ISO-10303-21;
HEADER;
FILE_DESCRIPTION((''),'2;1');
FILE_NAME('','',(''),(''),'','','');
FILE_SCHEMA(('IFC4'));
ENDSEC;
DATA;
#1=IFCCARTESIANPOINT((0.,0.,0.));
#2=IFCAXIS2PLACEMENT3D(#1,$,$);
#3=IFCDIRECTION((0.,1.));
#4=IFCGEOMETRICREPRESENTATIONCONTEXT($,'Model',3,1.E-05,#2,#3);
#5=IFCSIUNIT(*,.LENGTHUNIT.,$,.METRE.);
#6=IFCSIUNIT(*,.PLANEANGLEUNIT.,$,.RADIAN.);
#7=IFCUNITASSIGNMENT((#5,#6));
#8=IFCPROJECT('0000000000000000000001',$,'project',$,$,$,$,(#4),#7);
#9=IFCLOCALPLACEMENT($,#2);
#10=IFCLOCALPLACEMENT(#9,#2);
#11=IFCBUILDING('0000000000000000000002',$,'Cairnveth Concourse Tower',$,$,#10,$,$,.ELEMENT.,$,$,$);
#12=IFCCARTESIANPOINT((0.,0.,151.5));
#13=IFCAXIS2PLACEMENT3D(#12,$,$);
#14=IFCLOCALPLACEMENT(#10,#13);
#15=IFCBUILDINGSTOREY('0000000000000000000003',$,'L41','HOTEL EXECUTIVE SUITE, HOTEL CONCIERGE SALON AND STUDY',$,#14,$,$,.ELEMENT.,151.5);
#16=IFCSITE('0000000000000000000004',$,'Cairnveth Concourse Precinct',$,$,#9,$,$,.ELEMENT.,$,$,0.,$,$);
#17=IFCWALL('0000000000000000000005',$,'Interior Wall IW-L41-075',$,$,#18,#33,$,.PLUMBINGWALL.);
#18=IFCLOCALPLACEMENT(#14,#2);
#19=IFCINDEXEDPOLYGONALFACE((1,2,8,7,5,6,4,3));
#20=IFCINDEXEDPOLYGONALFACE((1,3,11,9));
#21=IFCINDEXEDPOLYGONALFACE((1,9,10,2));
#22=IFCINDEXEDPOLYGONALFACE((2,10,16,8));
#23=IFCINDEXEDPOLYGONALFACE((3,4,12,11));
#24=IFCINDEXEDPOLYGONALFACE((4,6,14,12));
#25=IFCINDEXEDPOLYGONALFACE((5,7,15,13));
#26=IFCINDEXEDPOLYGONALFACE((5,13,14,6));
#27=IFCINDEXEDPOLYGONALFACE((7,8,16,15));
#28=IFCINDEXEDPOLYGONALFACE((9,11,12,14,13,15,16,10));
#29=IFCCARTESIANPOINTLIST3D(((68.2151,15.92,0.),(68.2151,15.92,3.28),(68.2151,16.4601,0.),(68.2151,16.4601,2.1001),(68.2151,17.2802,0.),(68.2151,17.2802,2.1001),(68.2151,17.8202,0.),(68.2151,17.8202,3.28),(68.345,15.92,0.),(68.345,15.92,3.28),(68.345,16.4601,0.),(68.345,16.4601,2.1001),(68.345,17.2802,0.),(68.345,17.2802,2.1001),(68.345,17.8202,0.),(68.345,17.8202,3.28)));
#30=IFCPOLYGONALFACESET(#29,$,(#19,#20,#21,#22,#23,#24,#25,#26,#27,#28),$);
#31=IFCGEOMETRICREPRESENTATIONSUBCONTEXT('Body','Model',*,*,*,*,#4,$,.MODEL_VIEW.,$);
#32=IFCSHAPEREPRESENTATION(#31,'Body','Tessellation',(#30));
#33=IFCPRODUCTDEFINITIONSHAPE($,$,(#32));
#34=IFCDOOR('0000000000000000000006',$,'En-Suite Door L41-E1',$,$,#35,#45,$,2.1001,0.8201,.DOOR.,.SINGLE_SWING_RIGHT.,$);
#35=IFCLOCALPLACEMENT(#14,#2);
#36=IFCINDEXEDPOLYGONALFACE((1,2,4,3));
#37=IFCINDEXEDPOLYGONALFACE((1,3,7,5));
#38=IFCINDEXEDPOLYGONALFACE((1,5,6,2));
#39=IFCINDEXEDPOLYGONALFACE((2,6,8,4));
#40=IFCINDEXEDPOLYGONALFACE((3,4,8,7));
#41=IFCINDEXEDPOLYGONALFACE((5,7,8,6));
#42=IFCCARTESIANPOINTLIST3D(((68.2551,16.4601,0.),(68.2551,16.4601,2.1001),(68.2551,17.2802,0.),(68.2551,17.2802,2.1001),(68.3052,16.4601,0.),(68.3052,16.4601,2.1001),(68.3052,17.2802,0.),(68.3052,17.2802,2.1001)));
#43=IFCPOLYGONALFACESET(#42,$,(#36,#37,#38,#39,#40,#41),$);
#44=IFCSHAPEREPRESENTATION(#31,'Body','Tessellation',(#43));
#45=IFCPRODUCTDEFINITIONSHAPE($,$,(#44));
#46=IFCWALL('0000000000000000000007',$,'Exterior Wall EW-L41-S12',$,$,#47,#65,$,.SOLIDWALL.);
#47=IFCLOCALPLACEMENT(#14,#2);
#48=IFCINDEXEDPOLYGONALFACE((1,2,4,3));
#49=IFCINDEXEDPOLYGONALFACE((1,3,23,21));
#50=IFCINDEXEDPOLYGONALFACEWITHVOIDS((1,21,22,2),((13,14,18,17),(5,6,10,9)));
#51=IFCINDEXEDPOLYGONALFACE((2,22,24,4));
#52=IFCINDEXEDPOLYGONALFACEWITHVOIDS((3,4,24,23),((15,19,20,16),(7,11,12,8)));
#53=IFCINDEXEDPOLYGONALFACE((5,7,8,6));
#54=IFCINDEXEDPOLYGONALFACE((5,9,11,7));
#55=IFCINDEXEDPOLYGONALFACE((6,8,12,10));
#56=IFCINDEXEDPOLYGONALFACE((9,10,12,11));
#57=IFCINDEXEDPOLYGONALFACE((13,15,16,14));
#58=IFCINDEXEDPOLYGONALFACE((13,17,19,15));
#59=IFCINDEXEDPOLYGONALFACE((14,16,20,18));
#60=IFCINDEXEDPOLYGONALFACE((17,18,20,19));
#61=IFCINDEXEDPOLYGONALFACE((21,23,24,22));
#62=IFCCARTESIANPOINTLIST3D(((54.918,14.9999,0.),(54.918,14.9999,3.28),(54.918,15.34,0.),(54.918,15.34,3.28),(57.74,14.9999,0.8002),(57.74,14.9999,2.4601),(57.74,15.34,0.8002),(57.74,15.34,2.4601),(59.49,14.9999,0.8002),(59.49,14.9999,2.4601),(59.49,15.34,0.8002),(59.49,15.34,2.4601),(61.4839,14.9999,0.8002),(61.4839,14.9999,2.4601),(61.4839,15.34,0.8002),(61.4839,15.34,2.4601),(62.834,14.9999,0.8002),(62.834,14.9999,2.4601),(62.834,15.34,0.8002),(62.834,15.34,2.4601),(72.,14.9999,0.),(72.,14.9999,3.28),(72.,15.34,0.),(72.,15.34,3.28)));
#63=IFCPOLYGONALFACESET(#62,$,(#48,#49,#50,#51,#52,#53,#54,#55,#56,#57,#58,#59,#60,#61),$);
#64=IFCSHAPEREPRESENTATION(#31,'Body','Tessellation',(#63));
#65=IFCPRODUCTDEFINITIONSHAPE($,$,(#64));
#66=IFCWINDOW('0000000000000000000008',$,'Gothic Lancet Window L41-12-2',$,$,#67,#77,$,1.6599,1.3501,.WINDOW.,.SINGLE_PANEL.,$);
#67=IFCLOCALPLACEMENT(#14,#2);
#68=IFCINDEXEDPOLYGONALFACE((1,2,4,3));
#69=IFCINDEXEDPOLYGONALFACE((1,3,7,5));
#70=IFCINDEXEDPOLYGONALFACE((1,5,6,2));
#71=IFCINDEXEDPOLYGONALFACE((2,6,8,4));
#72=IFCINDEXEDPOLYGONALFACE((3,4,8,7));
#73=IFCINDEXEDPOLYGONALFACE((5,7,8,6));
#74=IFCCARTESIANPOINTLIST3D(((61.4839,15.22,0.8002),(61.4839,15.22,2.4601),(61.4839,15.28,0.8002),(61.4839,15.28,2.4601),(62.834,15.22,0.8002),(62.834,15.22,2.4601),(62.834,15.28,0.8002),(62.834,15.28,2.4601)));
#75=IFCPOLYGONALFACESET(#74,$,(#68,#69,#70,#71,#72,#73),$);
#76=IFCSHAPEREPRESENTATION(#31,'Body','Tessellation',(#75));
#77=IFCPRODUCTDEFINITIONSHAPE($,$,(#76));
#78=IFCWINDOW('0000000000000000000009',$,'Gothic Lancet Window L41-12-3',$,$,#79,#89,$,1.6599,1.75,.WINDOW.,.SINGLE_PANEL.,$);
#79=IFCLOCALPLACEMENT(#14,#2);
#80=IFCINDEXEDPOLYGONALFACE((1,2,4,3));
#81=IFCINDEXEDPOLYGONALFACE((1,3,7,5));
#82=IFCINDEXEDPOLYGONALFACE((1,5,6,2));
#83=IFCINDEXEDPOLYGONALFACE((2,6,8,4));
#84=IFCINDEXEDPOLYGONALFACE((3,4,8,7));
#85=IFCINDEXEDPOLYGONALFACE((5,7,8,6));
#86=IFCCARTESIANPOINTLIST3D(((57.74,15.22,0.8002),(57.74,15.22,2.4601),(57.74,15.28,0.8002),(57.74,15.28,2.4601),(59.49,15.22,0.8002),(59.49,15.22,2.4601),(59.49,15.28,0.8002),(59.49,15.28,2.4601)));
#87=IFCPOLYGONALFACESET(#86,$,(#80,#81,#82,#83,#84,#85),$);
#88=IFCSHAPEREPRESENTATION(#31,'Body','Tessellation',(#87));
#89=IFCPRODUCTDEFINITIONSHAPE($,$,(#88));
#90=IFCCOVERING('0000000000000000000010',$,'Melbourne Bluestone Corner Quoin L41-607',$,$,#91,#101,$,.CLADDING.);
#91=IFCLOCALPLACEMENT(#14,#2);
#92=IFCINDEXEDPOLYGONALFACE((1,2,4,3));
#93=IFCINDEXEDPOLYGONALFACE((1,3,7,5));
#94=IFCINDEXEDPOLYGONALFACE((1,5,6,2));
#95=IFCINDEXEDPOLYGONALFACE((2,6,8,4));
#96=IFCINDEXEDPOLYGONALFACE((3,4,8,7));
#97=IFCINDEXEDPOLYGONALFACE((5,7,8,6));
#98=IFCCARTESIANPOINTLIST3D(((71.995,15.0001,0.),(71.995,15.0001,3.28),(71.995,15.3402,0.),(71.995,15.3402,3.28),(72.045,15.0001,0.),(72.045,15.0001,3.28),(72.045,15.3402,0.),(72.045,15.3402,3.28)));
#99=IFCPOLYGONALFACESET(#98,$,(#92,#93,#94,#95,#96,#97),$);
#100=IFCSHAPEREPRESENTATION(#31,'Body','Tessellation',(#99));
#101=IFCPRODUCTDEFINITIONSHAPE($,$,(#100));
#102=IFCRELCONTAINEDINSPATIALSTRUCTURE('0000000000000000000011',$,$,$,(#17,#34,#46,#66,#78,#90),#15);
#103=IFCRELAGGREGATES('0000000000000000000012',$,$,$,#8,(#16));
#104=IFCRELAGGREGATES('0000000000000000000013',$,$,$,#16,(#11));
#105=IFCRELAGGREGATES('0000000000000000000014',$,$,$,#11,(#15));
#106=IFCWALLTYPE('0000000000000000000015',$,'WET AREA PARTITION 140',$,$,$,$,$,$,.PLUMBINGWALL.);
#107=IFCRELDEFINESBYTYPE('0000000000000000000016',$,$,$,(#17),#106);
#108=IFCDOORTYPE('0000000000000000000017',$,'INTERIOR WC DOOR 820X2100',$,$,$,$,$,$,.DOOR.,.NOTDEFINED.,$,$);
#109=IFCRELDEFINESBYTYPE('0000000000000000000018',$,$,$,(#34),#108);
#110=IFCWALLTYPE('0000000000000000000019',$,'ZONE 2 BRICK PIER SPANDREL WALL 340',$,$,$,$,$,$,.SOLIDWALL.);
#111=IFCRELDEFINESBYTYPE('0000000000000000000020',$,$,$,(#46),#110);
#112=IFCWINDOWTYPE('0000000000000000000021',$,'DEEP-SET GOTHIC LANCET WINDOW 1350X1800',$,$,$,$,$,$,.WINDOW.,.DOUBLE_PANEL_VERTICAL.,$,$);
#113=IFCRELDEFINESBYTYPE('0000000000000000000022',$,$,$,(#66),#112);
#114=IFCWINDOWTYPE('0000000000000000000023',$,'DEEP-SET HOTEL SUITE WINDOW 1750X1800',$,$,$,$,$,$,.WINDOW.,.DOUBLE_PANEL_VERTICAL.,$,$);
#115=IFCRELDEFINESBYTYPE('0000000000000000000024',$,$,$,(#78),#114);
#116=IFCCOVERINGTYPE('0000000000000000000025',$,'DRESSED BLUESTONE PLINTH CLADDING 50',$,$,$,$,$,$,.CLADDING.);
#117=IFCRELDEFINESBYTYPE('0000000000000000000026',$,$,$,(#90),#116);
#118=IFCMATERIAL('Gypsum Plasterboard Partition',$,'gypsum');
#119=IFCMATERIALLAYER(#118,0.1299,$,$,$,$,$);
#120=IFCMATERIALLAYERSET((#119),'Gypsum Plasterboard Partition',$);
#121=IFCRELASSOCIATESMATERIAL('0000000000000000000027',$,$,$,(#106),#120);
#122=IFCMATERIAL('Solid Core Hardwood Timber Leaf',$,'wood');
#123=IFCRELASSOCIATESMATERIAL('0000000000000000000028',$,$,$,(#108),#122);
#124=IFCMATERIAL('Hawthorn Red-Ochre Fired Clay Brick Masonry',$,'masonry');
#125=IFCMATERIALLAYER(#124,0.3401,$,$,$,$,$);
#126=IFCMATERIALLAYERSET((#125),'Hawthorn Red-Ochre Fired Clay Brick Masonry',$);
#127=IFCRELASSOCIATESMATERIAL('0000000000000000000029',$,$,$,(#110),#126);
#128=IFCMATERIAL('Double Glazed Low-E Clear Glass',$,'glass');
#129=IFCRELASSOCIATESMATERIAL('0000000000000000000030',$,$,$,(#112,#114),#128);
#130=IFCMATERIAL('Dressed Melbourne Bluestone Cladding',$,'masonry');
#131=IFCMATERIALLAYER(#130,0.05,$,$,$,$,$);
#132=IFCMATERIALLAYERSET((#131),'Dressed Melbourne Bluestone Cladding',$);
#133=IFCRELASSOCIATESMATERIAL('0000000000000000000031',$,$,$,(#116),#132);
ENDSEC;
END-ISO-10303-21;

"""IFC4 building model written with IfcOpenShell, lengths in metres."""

from ifc_helpers import new_model, si_unit, direction, frame, frame_2d, origin, place, context, subcontext, project, spatial, rectangle, extrude, material, layer, layer_set, type_object, element, fill, save


model = new_model("IFC4")

# Units and contexts
model_context = context("Model", 3, precision=1e-05, world=origin(), true_north=direction((0.0, 1.0)))
body_context = subcontext(model_context, "Body", "Model", "MODEL_VIEW")
ifc_project = project(units=[si_unit("LENGTHUNIT", "METRE"), si_unit("PLANEANGLEUNIT", "RADIAN")], contexts=[model_context])

# Site, building, storey
site_placement = place(None, origin())
site = spatial("IfcSite", under=ifc_project, at=site_placement, Name="Cairnveth Concourse Precinct", CompositionType="ELEMENT", RefElevation=0.0)
building_placement = place(site_placement, origin())
building = spatial("IfcBuilding", under=site, at=building_placement, Name="Cairnveth Concourse Tower", CompositionType="ELEMENT")
storey_placement = place(building_placement, frame((0.0, 0.0, 151.5)))
storey = spatial("IfcBuildingStorey", under=building, at=storey_placement, Name="L41", Description="HOTEL EXECUTIVE SUITE, HOTEL CONCIERGE SALON AND STUDY", CompositionType="ELEMENT", Elevation=151.5)

# Shared definitions
ifc_material_1 = material(Name="Gypsum Plasterboard Partition", Category="gypsum")
ifc_material_2 = material(Name="Solid Core Hardwood Timber Leaf", Category="wood")

# Shared definitions
ifc_layer_1 = layer(ifc_material_1, 0.1299)
ifc_layer_set_1 = layer_set([ifc_layer_1], Name="Gypsum Plasterboard Partition")
wall_type_1 = type_object("IfcWallType", Name="WET AREA PARTITION 140", PredefinedType="PLUMBINGWALL", material=ifc_layer_set_1)

# Wall, opening, door
wall_1_placement = place(storey_placement, frame((68.28, 15.9199, 0.0), z_axis=(0.0, 0.0, 1.0), x_axis=(0.0, 1.0, 0.0)))
wall_1 = element("IfcWall", 1, at=wall_1_placement, inside=storey, type_object=wall_type_1, Name="Interior Wall IW-L41-075", PredefinedType="PLUMBINGWALL", context=body_context, shape_type="SweptSolid", body=[
    extrude(rectangle(XDim=1.9001, YDim=0.1299, at=frame_2d((0.9502, 0.0))), origin(), (0.0, 0.0, 1.0), 3.28),
])
opening_1_placement = place(wall_1_placement, frame((0.54, 0.0, 0.0)))
opening_1 = element("IfcOpeningElement", 2, at=opening_1_placement, cuts=wall_1, PredefinedType="OPENING", context=body_context, shape_type="SweptSolid", body=[
    extrude(rectangle(XDim=0.8201, YDim=2.1001, at=frame_2d((0.4102, 1.05))), frame((0.0, 0.075, 0.0), z_axis=(0.0, -1.0, 0.0), x_axis=(1.0, 0.0, 0.0)), (0.0, 0.0, 1.0), 0.1499),
])
door_type_1 = type_object("IfcDoorType", Name="INTERIOR WC DOOR 820X2100", OperationType="NOTDEFINED", PredefinedType="DOOR", material=ifc_material_2)
door_1_placement = place(opening_1_placement, origin())
door_1 = element("IfcDoor", 3, at=door_1_placement, inside=storey, type_object=door_type_1, Name="En-Suite Door L41-E1", OperationType="SINGLE_SWING_RIGHT", OverallHeight=2.1001, OverallWidth=0.8201, PredefinedType="DOOR", context=body_context, shape_type="SweptSolid", body=[
    extrude(rectangle(XDim=0.8201, YDim=2.1001, at=frame_2d((0.4102, 1.05))), frame((0.0, 0.0249, 0.0), z_axis=(0.0, -1.0, 0.0), x_axis=(1.0, 0.0, 0.0)), (0.0, 0.0, 1.0), 0.05),
])
fill(opening_1, door_1)

# Wall, openings, windows
ifc_material_3 = material(Name="Hawthorn Red-Ochre Fired Clay Brick Masonry", Category="masonry")
ifc_layer_2 = layer(ifc_material_3, 0.3401)
ifc_layer_set_2 = layer_set([ifc_layer_2], Name="Hawthorn Red-Ochre Fired Clay Brick Masonry")
wall_type_2 = type_object("IfcWallType", Name="ZONE 2 BRICK PIER SPANDREL WALL 340", PredefinedType="SOLIDWALL", material=ifc_layer_set_2)
wall_2_placement = place(storey_placement, frame((72.0, 15.1699, 0.0), z_axis=(0.0, 0.0, 1.0), x_axis=(-1.0, 0.0, 0.0)))
wall_2 = element("IfcWall", 4, at=wall_2_placement, inside=storey, type_object=wall_type_2, Name="Exterior Wall EW-L41-S12", PredefinedType="SOLIDWALL", context=body_context, shape_type="SweptSolid", body=[
    extrude(rectangle(XDim=17.082, YDim=0.3401, at=frame_2d((8.541, 0.0))), origin(), (0.0, 0.0, 1.0), 3.28),
])
opening_2_placement = place(wall_2_placement, frame((9.166, 0.0, 0.8)))
opening_2 = element("IfcOpeningElement", 5, at=opening_2_placement, cuts=wall_2, PredefinedType="OPENING", context=body_context, shape_type="SweptSolid", body=[
    extrude(rectangle(XDim=1.3501, YDim=1.6599, at=frame_2d((0.675, 0.8301))), frame((0.0, 0.1799, 0.0), z_axis=(0.0, -1.0, 0.0), x_axis=(1.0, 0.0, 0.0)), (0.0, 0.0, 1.0), 0.3601),
])
opening_3_placement = place(wall_2_placement, frame((12.51, 0.0, 0.8)))
opening_3 = element("IfcOpeningElement", 6, at=opening_3_placement, cuts=wall_2, PredefinedType="OPENING", context=body_context, shape_type="SweptSolid", body=[
    extrude(rectangle(XDim=1.75, YDim=1.6599, at=frame_2d((0.875, 0.8301))), frame((0.0, 0.1799, 0.0), z_axis=(0.0, -1.0, 0.0), x_axis=(1.0, 0.0, 0.0)), (0.0, 0.0, 1.0), 0.3601),
])
ifc_material_4 = material(Name="Double Glazed Low-E Clear Glass", Category="glass")
window_type_1 = type_object("IfcWindowType", Name="DEEP-SET GOTHIC LANCET WINDOW 1350X1800", PartitioningType="DOUBLE_PANEL_VERTICAL", PredefinedType="WINDOW", material=ifc_material_4)
window_1_placement = place(opening_2_placement, origin())
window_1 = element("IfcWindow", 7, at=window_1_placement, inside=storey, type_object=window_type_1, Name="Gothic Lancet Window L41-12-2", OverallHeight=1.6599, OverallWidth=1.3501, PartitioningType="SINGLE_PANEL", PredefinedType="WINDOW", context=body_context, shape_type="SweptSolid", body=[
    extrude(rectangle(XDim=1.3501, YDim=1.6599, at=frame_2d((0.675, 0.8301))), frame((0.0, -0.05, 0.0), z_axis=(0.0, -1.0, 0.0), x_axis=(1.0, 0.0, 0.0)), (0.0, 0.0, 1.0), 0.0601),
])
fill(opening_2, window_1)
window_type_2 = type_object("IfcWindowType", Name="DEEP-SET HOTEL SUITE WINDOW 1750X1800", PartitioningType="DOUBLE_PANEL_VERTICAL", PredefinedType="WINDOW", material=ifc_material_4)
window_2_placement = place(opening_3_placement, origin())
window_2 = element("IfcWindow", 8, at=window_2_placement, inside=storey, type_object=window_type_2, Name="Gothic Lancet Window L41-12-3", OverallHeight=1.6599, OverallWidth=1.75, PartitioningType="SINGLE_PANEL", PredefinedType="WINDOW", context=body_context, shape_type="SweptSolid", body=[
    extrude(rectangle(XDim=1.75, YDim=1.6599, at=frame_2d((0.875, 0.8301))), frame((0.0, -0.05, 0.0), z_axis=(0.0, -1.0, 0.0), x_axis=(1.0, 0.0, 0.0)), (0.0, 0.0, 1.0), 0.0601),
])
fill(opening_3, window_2)

# Covering
ifc_material_5 = material(Name="Dressed Melbourne Bluestone Cladding", Category="masonry")
ifc_layer_3 = layer(ifc_material_5, 0.05)
ifc_layer_set_3 = layer_set([ifc_layer_3], Name="Dressed Melbourne Bluestone Cladding")
covering_type = type_object("IfcCoveringType", Name="DRESSED BLUESTONE PLINTH CLADDING 50", PredefinedType="CLADDING", material=ifc_layer_set_3)
covering_placement = place(storey_placement, frame((72.02, 15.3401, 0.0), z_axis=(0.0, 0.0, 1.0), x_axis=(0.0, -1.0, 0.0)))
element("IfcCovering", 9, at=covering_placement, inside=storey, type_object=covering_type, Name="Melbourne Bluestone Corner Quoin L41-607", PredefinedType="CLADDING", context=body_context, shape_type="SweptSolid", body=[
    extrude(rectangle(XDim=0.3401, YDim=0.05, at=frame_2d((0.1699, 0.0))), origin(), (0.0, 0.0, 1.0), 3.28),
])

save(model, "model.ifc")
